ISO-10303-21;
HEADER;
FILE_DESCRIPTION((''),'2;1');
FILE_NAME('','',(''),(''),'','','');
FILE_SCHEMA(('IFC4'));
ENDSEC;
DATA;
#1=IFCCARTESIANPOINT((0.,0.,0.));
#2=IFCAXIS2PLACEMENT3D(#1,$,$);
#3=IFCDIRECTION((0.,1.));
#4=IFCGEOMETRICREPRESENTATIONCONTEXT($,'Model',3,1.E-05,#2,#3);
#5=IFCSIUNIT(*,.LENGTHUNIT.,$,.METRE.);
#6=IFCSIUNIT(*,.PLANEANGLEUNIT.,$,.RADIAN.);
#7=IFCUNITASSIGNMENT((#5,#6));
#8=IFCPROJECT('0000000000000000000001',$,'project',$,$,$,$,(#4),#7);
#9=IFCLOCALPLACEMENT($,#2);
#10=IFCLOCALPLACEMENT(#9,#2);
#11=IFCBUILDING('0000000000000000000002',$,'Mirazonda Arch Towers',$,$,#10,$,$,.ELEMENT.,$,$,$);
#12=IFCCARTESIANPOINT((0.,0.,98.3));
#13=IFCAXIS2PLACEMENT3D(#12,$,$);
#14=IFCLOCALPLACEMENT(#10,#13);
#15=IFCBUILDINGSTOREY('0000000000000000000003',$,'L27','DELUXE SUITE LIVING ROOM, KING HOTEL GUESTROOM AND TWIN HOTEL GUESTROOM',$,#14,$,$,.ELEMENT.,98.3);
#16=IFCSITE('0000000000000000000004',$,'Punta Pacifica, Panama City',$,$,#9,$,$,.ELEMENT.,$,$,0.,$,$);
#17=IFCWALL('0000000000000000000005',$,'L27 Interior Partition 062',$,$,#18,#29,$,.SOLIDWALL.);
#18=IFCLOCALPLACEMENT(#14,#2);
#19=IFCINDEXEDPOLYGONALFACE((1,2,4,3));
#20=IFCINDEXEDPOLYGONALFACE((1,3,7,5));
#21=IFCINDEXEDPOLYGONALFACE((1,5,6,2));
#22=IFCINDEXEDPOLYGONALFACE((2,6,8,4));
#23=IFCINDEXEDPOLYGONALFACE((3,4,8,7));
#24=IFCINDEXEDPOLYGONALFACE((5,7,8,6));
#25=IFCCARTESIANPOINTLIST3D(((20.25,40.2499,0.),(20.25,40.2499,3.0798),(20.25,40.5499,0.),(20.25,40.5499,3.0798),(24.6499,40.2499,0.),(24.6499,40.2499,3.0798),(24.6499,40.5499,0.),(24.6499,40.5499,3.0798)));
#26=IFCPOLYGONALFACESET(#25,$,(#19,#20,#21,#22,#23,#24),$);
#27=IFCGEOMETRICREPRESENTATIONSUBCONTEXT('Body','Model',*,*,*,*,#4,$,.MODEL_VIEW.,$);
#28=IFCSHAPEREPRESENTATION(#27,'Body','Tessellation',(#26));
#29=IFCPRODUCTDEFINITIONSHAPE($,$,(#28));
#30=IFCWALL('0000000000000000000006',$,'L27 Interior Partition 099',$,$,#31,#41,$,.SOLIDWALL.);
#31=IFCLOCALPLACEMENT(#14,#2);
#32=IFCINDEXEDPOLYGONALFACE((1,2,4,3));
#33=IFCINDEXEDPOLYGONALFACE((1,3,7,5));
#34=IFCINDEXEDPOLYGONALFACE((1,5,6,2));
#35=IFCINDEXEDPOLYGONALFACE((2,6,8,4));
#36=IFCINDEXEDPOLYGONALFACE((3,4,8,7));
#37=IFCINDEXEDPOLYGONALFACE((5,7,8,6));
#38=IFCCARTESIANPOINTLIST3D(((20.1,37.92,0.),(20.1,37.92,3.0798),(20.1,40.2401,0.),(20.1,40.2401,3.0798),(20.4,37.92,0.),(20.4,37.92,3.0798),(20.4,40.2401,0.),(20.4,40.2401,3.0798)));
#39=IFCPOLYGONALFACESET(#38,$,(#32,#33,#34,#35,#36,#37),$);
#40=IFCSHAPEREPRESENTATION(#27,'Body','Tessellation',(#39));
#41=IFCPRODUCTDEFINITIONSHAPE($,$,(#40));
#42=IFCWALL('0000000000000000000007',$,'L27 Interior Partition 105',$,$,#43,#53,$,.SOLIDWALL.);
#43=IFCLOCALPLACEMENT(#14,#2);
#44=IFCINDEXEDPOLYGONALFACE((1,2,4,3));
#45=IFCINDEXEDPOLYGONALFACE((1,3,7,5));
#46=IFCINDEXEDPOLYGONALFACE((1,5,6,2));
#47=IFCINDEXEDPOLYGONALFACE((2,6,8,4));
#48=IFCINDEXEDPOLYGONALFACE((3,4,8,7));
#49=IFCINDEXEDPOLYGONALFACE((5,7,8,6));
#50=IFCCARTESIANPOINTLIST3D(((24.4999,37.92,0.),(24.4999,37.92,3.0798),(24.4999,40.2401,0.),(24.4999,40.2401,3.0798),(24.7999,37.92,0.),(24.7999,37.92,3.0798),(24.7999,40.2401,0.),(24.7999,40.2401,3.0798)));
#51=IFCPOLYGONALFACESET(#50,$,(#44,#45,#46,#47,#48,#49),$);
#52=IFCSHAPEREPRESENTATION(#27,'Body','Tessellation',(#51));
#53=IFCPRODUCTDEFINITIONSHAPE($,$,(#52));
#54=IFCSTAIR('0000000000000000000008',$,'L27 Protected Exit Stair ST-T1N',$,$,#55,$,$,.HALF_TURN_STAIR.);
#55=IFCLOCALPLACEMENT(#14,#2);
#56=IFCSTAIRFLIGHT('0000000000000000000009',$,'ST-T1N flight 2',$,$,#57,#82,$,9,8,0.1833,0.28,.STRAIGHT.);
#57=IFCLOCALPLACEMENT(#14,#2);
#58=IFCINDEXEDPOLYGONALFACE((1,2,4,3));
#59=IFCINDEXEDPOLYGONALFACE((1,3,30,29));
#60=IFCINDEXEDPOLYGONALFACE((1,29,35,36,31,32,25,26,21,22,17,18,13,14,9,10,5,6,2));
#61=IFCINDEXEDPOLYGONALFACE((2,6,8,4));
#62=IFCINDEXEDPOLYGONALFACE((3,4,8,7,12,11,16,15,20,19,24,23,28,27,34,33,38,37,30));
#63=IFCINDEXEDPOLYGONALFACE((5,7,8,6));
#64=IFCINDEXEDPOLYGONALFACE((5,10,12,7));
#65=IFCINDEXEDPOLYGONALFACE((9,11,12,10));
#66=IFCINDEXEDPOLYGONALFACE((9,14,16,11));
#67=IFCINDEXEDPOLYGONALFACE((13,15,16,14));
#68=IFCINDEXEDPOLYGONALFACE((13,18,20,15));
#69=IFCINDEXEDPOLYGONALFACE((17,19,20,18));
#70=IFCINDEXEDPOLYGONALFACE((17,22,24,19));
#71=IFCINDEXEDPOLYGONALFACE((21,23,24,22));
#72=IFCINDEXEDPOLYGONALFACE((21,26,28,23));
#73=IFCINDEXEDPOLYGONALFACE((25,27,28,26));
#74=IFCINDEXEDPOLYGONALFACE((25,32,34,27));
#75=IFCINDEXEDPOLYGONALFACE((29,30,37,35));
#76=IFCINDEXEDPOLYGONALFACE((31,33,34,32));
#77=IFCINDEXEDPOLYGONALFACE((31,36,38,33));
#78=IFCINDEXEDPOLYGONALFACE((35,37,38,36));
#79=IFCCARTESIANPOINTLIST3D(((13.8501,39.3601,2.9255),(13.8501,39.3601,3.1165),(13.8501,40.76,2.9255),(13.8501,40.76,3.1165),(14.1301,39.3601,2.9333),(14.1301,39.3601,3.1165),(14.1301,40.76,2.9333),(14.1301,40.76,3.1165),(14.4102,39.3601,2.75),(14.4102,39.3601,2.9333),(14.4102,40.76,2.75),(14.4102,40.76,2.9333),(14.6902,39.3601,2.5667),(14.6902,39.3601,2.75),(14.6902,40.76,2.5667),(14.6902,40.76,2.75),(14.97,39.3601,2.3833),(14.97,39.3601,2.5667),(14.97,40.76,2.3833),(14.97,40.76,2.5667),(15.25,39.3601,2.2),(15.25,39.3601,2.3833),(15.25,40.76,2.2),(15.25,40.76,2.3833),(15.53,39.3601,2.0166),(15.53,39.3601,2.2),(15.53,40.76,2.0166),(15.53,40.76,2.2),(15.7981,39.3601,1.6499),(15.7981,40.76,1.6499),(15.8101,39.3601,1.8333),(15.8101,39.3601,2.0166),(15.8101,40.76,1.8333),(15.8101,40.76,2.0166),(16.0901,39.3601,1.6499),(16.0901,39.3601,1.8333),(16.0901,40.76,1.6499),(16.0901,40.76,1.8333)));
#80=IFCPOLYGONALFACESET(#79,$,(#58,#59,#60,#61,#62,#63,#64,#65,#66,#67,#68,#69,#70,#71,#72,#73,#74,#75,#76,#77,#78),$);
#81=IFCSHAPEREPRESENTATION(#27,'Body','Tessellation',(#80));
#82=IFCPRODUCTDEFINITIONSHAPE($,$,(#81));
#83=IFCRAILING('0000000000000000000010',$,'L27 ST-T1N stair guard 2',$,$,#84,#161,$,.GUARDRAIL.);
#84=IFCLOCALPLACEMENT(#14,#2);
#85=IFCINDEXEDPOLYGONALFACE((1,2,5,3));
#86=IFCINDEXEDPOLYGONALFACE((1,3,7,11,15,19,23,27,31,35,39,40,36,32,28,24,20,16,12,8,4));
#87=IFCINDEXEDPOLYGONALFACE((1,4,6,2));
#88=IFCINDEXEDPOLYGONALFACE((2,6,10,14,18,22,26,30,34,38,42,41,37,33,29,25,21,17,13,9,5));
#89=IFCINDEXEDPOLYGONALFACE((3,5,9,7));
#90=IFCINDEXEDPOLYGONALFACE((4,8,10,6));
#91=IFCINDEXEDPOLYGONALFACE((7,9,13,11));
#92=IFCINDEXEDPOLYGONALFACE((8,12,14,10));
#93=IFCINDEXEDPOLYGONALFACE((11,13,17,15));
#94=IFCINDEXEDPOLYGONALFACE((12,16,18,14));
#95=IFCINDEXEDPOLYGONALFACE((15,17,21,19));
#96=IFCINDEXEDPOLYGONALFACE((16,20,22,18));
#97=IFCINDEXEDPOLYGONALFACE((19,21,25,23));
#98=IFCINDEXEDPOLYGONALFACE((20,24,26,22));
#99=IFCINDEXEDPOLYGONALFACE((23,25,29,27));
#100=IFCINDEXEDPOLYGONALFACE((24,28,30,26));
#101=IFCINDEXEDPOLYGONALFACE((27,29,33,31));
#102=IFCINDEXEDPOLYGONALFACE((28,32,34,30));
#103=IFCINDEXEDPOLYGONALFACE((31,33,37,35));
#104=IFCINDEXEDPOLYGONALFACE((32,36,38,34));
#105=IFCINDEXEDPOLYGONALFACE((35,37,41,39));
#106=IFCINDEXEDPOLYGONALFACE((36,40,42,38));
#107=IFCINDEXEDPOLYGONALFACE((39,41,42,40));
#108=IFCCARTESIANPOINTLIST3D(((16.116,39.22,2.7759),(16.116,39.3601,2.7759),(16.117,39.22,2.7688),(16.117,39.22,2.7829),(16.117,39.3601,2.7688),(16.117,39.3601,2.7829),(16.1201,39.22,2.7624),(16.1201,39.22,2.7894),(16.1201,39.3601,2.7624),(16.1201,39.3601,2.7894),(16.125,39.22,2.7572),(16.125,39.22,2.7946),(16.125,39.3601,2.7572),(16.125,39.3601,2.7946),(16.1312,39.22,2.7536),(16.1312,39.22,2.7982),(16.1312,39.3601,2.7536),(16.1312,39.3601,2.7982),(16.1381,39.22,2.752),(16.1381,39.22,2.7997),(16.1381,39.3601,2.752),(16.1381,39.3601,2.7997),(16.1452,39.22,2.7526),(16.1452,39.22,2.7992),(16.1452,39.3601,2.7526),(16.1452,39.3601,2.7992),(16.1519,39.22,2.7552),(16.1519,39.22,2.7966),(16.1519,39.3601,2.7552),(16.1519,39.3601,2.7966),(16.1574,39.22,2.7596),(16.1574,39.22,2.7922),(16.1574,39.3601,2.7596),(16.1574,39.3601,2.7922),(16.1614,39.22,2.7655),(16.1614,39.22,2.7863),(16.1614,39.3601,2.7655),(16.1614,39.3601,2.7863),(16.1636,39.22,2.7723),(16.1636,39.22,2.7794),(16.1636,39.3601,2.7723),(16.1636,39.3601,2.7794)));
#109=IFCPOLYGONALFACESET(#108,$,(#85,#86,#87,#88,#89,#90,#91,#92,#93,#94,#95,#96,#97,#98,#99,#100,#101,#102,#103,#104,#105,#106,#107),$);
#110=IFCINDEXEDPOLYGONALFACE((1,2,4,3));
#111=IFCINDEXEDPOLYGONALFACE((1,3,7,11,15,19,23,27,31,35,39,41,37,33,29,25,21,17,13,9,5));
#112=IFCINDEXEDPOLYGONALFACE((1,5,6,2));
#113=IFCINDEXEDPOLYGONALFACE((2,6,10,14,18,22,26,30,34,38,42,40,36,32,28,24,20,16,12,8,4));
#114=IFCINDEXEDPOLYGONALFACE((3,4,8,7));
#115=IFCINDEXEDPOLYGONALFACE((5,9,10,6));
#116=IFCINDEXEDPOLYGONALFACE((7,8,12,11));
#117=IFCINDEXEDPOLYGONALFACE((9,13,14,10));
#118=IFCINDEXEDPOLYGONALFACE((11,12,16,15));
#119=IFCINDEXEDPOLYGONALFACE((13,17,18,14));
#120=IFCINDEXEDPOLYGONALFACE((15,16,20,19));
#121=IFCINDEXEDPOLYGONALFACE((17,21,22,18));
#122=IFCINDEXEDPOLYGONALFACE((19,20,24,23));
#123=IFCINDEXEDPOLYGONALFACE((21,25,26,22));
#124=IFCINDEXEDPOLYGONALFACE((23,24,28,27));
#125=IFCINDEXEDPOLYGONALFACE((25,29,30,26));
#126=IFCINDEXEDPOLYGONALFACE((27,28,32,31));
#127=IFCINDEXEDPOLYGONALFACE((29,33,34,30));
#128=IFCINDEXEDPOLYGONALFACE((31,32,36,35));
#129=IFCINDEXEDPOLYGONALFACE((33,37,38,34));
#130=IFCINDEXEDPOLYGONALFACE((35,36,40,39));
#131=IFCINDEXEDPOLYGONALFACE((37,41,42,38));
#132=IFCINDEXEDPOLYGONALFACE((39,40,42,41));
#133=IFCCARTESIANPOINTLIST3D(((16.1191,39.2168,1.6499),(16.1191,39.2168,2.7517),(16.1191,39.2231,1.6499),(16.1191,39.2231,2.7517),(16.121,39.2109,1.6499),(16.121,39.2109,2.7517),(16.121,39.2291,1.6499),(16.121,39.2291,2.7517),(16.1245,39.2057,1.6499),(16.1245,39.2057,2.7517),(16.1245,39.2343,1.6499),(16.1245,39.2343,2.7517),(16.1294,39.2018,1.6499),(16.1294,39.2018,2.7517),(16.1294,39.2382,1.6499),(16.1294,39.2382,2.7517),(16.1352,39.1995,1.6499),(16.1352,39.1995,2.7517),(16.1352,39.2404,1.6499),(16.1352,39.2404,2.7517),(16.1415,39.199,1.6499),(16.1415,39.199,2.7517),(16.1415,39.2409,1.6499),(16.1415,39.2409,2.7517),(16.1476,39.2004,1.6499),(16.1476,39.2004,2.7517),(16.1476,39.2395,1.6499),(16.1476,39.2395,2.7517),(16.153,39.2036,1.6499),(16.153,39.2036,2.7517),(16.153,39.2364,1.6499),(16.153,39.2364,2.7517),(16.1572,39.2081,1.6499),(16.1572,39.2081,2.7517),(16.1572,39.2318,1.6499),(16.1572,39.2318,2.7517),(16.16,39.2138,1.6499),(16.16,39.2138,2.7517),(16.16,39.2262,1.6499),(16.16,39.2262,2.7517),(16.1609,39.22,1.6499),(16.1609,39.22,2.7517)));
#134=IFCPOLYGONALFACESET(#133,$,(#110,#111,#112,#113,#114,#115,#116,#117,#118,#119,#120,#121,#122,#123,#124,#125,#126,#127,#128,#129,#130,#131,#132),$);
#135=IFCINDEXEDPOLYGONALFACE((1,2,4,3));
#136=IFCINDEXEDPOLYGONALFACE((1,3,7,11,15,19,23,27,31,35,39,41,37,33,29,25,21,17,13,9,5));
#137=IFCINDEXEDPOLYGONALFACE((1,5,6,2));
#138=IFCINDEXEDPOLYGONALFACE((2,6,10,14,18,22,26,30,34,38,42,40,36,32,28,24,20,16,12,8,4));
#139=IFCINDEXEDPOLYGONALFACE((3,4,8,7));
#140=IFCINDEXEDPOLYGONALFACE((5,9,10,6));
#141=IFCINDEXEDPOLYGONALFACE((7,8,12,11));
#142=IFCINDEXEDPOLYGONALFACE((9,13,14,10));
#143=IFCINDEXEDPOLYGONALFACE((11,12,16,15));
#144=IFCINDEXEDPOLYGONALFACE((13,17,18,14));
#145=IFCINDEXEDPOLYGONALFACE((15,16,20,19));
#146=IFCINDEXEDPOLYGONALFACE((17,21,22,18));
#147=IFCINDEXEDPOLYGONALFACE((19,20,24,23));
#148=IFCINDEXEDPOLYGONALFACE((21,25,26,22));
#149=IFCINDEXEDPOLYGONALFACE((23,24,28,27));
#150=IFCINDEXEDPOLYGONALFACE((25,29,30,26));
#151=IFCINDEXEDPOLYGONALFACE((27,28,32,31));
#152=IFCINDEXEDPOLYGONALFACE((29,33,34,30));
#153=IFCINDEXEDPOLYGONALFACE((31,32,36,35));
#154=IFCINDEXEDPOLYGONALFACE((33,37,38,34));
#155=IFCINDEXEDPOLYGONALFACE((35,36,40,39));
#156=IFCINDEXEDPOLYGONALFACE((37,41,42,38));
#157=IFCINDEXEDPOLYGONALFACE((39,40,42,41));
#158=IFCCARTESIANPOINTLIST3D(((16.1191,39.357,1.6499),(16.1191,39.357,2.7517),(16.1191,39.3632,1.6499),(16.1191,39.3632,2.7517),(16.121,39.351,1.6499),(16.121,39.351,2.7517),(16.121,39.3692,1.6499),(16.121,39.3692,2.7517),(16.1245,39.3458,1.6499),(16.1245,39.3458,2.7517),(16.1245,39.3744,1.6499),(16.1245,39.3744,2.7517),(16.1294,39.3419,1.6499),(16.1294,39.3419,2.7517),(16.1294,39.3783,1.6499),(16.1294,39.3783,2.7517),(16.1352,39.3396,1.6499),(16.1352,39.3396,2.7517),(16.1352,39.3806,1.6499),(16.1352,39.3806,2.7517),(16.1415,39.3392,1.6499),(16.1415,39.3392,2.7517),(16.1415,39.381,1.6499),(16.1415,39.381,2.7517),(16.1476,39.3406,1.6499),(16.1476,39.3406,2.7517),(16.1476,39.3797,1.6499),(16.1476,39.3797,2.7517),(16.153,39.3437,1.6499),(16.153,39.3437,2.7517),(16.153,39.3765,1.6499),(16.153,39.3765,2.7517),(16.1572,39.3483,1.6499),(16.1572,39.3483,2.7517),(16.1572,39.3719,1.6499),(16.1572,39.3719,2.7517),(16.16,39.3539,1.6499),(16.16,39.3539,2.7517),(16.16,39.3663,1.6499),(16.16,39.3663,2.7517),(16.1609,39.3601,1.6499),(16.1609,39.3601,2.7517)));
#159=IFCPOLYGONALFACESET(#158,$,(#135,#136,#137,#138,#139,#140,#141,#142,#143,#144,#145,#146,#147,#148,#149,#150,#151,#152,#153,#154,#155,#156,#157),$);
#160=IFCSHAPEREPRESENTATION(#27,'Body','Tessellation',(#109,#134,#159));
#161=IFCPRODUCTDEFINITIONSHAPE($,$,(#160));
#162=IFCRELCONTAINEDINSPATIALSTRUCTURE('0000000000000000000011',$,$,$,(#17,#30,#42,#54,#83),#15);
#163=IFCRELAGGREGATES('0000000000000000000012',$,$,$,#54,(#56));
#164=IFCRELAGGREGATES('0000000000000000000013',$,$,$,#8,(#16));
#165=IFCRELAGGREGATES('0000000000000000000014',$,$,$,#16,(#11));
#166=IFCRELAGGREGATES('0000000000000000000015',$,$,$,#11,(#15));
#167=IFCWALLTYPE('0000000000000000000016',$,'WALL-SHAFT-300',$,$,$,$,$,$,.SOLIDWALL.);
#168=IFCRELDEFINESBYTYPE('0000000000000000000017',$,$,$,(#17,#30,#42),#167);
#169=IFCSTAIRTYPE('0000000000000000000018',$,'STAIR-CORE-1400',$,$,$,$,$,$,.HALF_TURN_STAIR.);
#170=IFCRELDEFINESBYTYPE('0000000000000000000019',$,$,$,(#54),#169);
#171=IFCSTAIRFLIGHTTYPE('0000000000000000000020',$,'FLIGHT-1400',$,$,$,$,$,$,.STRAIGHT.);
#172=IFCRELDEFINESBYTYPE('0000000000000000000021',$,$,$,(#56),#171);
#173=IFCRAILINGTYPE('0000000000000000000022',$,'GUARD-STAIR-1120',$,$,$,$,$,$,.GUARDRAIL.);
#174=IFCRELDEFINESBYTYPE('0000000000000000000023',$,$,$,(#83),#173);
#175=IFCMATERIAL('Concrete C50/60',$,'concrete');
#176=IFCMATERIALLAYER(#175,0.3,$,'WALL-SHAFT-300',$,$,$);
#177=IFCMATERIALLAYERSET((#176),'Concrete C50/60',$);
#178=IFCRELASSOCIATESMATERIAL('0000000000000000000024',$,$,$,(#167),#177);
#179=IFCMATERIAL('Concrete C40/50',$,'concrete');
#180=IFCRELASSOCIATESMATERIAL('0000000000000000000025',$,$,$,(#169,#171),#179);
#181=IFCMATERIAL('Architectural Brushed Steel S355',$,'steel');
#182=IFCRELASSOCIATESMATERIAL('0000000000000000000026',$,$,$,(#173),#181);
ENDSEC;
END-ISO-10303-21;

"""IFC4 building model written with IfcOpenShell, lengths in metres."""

from ifc_helpers import new_model, si_unit, direction, frame, frame_2d, origin, origin_2d, place, context, subcontext, project, spatial, polyline, rectangle, circle, outline, extrude, material, layer, layer_set, type_object, element, aggregate, save


model = new_model("IFC4")

# Units and contexts
model_context = context("Model", 3, precision=1e-05, world=origin(), true_north=direction((0.0, 1.0)))
body_context = subcontext(model_context, "Body", "Model", "MODEL_VIEW")
ifc_project = project(units=[si_unit("LENGTHUNIT", "METRE"), si_unit("PLANEANGLEUNIT", "RADIAN")], contexts=[model_context])

# Site, building, storey
site_placement = place(None, origin())
site = spatial("IfcSite", under=ifc_project, at=site_placement, Name="Punta Pacifica, Panama City", CompositionType="ELEMENT", RefElevation=0.0)
building_placement = place(site_placement, origin())
building = spatial("IfcBuilding", under=site, at=building_placement, Name="Mirazonda Arch Towers", CompositionType="ELEMENT")
storey_placement = place(building_placement, frame((0.0, 0.0, 98.3)))
storey = spatial("IfcBuildingStorey", under=building, at=storey_placement, Name="L27", Description="DELUXE SUITE LIVING ROOM, KING HOTEL GUESTROOM AND TWIN HOTEL GUESTROOM", CompositionType="ELEMENT", Elevation=98.3)

# Shared definitions
ifc_material_1 = material(Name="Concrete C50/60", Category="concrete")

# Shared definitions
ifc_material_2 = material(Name="Concrete C40/50", Category="concrete")

# Shared definitions
ifc_material_3 = material(Name="Architectural Brushed Steel S355", Category="steel")

# Walls
ifc_layer_1 = layer(ifc_material_1, 0.3, Name="WALL-SHAFT-300")
ifc_layer_set_1 = layer_set([ifc_layer_1], Name="Concrete C50/60")
wall_type_1 = type_object("IfcWallType", Name="WALL-SHAFT-300", PredefinedType="SOLIDWALL", material=ifc_layer_set_1)
wall_1_placement = place(storey_placement, frame((20.25, 40.3999, 0.0), z_axis=(0.0, 0.0, 1.0), x_axis=(1.0, 0.0, 0.0)))
element("IfcWall", 1, at=wall_1_placement, inside=storey, type_object=wall_type_1, Name="L27 Interior Partition 062", PredefinedType="SOLIDWALL", context=body_context, shape_type="SweptSolid", body=[
    extrude(rectangle(XDim=4.3999, YDim=0.3, at=frame_2d((2.2, 0.0))), origin(), (0.0, 0.0, 1.0), 3.0798),
])
for number, where, z_axis, x_axis, name in (
    (2, (20.25, 37.9199, 0.0), (0.0, 0.0, 1.0), (0.0, 1.0, 0.0), "L27 Interior Partition 099"),
    (3, (24.6499, 37.9199, 0.0), (0.0, 0.0, 1.0), (0.0, 1.0, 0.0), "L27 Interior Partition 105"),
):
    element("IfcWall", number, at=place(storey_placement, frame(where, z_axis=z_axis, x_axis=x_axis)), inside=storey, type_object=wall_type_1, Name=name, PredefinedType="SOLIDWALL", context=body_context, shape_type="SweptSolid", body=[
        extrude(rectangle(XDim=2.3201, YDim=0.3, at=frame_2d((1.1602, 0.0))), origin(), (0.0, 0.0, 1.0), 3.0798),
    ])

# Stair, stair flight
stair_type = type_object("IfcStairType", Name="STAIR-CORE-1400", PredefinedType="HALF_TURN_STAIR", material=ifc_material_2)
stair_placement = place(storey_placement, origin())
stair = element("IfcStair", 4, at=stair_placement, inside=storey, type_object=stair_type, Name="L27 Protected Exit Stair ST-T1N", PredefinedType="HALF_TURN_STAIR")
stair_flight_type = type_object("IfcStairFlightType", Name="FLIGHT-1400", PredefinedType="STRAIGHT", material=ifc_material_2)
stair_flight_placement = place(storey_placement, frame((16.0901, 40.0601, 1.6499), z_axis=(0.0, 0.0, 1.0), x_axis=(-1.0, 0.0, 0.0)))
stair_flight = element("IfcStairFlight", 5, at=stair_flight_placement, type_object=stair_flight_type, Name="ST-T1N flight 2", NumberOfRisers=9, NumberOfTreads=8, PredefinedType="STRAIGHT", RiserHeight=0.1833, TreadLength=0.28, context=body_context, shape_type="SweptSolid", body=[
    extrude(outline(polyline([(0.0, 0.0), (0.0, 0.1833), (0.28, 0.1833), (0.28, 0.3667), (0.5601, 0.3667), (0.5601, 0.55), (0.8401, 0.55), (0.8401, 0.7334), (1.1201, 0.7334), (1.1201, 0.9167), (1.3999, 0.9167), (1.3999, 1.1001), (1.6799, 1.1001), (1.6799, 1.2834), (1.96, 1.2834), (1.96, 1.4666), (2.24, 1.4666), (2.24, 1.6499), (2.24, 1.2756), (0.292, 0.0), (0.0, 0.0)])), frame((0.0, 0.7, 0.0), z_axis=(0.0, -1.0, 0.0), x_axis=(1.0, 0.0, 0.0)), (0.0, 0.0, 1.0), 1.3999),
])
aggregate(stair, [stair_flight])

# Railing
railing_type_1 = type_object("IfcRailingType", Name="GUARD-STAIR-1120", PredefinedType="GUARDRAIL", material=ifc_material_3)
railing_1_placement = place(storey_placement, frame((16.1399, 39.22, 1.6499)))
element("IfcRailing", 6, at=railing_1_placement, inside=storey, type_object=railing_type_1, Name="L27 ST-T1N stair guard 2", PredefinedType="GUARDRAIL", context=body_context, shape_type="SweptSolid", body=[
    extrude(circle(Radius=0.0239, at=origin_2d()), frame((0.0, 0.0, 1.126), z_axis=(0.0, 1.0, 0.0), x_axis=(-1.0, 0.0, 0.0)), (0.0, 0.0, 1.0), 0.1401),
    extrude(circle(Radius=0.021, at=origin_2d()), origin(), (0.0, 0.0, 1.0), 1.1018),
    extrude(circle(Radius=0.021, at=origin_2d()), frame((0.0, 0.1401, 0.0)), (0.0, 0.0, 1.0), 1.1018),
])

save(model, "model.ifc")
